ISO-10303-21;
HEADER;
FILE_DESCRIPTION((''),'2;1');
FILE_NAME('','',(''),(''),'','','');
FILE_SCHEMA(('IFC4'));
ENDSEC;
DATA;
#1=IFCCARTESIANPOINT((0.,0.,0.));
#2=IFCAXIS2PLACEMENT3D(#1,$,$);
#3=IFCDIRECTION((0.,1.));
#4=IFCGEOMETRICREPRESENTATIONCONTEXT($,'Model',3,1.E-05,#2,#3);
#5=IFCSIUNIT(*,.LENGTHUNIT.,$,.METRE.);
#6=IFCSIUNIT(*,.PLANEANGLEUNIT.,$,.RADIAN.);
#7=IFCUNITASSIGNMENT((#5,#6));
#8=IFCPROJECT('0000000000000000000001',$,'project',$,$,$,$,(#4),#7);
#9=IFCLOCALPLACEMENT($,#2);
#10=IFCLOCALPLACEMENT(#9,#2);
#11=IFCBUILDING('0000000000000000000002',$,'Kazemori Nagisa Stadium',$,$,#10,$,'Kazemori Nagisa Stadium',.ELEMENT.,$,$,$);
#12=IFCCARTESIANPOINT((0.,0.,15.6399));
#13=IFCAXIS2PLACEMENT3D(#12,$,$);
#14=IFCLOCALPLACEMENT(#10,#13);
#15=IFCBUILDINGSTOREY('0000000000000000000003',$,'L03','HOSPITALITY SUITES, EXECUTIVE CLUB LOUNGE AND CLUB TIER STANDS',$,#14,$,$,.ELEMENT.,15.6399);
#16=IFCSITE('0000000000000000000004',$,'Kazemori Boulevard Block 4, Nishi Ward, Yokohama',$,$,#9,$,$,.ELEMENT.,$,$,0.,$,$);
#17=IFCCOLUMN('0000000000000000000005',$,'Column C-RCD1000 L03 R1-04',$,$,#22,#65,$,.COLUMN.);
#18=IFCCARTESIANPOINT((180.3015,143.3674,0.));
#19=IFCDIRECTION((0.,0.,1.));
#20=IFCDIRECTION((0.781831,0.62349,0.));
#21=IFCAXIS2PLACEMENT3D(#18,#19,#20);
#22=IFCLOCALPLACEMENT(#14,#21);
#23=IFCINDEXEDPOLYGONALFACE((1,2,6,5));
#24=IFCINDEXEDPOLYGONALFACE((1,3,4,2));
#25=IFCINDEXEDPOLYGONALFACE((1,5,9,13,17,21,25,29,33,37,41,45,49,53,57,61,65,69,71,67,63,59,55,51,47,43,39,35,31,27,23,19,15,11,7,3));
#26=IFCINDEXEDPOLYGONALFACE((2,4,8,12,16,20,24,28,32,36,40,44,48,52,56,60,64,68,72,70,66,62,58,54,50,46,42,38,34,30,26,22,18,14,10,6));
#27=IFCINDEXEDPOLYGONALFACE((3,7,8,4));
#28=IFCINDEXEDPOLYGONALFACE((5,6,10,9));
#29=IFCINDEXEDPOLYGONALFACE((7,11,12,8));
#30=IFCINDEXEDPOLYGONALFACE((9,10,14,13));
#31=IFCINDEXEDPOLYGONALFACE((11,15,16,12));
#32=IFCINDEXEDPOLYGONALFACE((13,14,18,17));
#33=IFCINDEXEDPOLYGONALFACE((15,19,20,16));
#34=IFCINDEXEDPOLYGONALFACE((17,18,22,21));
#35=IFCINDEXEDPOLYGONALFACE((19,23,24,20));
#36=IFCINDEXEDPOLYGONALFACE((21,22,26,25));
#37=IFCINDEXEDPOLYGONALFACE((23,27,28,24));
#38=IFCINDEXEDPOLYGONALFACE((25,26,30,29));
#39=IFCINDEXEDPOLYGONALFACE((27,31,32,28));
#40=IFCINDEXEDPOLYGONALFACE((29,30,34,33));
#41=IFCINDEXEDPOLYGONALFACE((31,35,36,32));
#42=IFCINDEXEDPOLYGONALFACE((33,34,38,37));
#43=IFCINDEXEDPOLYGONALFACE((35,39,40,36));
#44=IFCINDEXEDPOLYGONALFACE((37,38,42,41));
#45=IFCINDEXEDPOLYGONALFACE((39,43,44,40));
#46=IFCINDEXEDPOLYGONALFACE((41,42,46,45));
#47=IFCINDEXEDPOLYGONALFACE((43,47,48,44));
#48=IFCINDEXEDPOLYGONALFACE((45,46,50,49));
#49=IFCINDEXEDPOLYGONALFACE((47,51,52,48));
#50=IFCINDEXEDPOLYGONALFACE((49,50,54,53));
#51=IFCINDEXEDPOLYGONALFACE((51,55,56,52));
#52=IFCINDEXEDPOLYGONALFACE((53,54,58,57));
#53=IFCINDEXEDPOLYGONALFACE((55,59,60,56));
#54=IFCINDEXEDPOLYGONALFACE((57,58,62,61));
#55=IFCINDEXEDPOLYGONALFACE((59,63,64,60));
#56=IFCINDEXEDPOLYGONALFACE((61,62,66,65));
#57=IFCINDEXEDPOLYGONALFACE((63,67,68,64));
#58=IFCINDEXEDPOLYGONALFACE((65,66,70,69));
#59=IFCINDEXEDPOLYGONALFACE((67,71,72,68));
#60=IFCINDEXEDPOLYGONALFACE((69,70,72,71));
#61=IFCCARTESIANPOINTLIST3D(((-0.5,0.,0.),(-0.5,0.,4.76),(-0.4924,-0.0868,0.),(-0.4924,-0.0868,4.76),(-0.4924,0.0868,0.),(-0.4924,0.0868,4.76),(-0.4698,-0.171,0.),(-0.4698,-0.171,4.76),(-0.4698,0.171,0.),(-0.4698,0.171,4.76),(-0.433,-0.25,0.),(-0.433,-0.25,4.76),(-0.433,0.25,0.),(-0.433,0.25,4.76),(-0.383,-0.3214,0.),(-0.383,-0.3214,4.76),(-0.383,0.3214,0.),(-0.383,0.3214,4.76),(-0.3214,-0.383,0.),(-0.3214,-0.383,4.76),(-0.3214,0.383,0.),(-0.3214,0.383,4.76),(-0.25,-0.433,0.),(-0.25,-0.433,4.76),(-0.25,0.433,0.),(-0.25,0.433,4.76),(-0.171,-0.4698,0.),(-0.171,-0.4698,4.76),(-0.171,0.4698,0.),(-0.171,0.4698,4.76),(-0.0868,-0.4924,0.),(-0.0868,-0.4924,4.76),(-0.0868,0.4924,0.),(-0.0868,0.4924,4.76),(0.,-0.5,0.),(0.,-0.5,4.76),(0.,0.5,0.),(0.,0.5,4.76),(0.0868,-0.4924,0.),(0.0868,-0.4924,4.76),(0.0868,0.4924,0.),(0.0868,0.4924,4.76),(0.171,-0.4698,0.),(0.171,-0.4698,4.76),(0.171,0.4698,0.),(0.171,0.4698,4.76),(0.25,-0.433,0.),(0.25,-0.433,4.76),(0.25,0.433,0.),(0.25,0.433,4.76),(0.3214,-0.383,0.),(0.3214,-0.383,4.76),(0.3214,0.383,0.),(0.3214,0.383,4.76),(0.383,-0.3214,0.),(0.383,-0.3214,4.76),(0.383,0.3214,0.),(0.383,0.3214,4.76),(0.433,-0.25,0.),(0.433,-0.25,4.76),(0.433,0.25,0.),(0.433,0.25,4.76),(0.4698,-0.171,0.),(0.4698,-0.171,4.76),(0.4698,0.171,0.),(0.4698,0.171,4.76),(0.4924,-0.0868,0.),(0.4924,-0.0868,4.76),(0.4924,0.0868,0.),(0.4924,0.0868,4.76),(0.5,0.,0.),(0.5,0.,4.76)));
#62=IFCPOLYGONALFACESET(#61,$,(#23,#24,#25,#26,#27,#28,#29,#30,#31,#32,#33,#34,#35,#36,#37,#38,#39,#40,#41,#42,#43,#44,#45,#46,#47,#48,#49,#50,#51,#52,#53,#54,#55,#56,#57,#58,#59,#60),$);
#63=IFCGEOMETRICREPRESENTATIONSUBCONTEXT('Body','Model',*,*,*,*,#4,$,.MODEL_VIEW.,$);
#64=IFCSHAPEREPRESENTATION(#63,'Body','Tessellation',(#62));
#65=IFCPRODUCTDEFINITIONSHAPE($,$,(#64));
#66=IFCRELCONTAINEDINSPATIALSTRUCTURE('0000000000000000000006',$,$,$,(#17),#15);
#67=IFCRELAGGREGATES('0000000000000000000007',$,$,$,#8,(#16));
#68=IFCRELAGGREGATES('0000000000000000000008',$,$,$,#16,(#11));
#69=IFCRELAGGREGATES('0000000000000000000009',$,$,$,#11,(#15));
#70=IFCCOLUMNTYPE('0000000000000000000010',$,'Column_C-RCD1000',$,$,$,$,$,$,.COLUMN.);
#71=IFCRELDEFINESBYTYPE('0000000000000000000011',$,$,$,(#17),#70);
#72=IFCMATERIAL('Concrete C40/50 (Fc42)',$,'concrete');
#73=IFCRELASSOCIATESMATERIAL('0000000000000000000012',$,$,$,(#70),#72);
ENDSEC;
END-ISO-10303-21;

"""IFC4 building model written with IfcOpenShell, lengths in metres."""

from ifc_helpers import new_model, si_unit, direction, frame, origin, origin_2d, place, context, subcontext, project, spatial, circle, extrude, material, material_profile, profile_set, type_object, element, save


model = new_model("IFC4")

# Units and contexts
model_context = context("Model", 3, precision=1e-05, world=origin(), true_north=direction((0.0, 1.0)))
body_context = subcontext(model_context, "Body", "Model", "MODEL_VIEW")
ifc_project = project(units=[si_unit("LENGTHUNIT", "METRE"), si_unit("PLANEANGLEUNIT", "RADIAN")], contexts=[model_context])

# Site, building, storey
site_placement = place(None, origin())
site = spatial("IfcSite", under=ifc_project, at=site_placement, Name="Kazemori Boulevard Block 4, Nishi Ward, Yokohama", CompositionType="ELEMENT", RefElevation=0.0)
building_placement = place(site_placement, origin())
building = spatial("IfcBuilding", under=site, at=building_placement, Name="Kazemori Nagisa Stadium", LongName="Kazemori Nagisa Stadium", CompositionType="ELEMENT")
storey_placement = place(building_placement, frame((0.0, 0.0, 15.6399)))
storey = spatial("IfcBuildingStorey", under=building, at=storey_placement, Name="L03", Description="HOSPITALITY SUITES, EXECUTIVE CLUB LOUNGE AND CLUB TIER STANDS", CompositionType="ELEMENT", Elevation=15.6399)

# Column
ifc_material_1 = material(Name="Concrete C40/50 (Fc42)", Category="concrete")
ifc_material_profile_1 = material_profile(ifc_material_1, circle(Radius=0.5, at=origin_2d()), Name="RC-COL-D1000")
ifc_profile_set_1 = profile_set([ifc_material_profile_1], Name="Concrete C40/50 (Fc42)")
column_type_1 = type_object("IfcColumnType", Name="Column_C-RCD1000", PredefinedType="COLUMN", material=ifc_profile_set_1)
column_1_placement = place(storey_placement, frame((180.3015, 143.3674, 0.0), z_axis=(0.0, 0.0, 1.0), x_axis=(0.781831, 0.62349, 0.0)))
element("IfcColumn", 1, at=column_1_placement, inside=storey, type_object=column_type_1, Name="Column C-RCD1000 L03 R1-04", PredefinedType="COLUMN", context=body_context, shape_type="SweptSolid", body=[
    extrude(circle(Radius=0.5, at=origin_2d()), origin(), (0.0, 0.0, 1.0), 4.76),
])

save(model, "model.ifc")
